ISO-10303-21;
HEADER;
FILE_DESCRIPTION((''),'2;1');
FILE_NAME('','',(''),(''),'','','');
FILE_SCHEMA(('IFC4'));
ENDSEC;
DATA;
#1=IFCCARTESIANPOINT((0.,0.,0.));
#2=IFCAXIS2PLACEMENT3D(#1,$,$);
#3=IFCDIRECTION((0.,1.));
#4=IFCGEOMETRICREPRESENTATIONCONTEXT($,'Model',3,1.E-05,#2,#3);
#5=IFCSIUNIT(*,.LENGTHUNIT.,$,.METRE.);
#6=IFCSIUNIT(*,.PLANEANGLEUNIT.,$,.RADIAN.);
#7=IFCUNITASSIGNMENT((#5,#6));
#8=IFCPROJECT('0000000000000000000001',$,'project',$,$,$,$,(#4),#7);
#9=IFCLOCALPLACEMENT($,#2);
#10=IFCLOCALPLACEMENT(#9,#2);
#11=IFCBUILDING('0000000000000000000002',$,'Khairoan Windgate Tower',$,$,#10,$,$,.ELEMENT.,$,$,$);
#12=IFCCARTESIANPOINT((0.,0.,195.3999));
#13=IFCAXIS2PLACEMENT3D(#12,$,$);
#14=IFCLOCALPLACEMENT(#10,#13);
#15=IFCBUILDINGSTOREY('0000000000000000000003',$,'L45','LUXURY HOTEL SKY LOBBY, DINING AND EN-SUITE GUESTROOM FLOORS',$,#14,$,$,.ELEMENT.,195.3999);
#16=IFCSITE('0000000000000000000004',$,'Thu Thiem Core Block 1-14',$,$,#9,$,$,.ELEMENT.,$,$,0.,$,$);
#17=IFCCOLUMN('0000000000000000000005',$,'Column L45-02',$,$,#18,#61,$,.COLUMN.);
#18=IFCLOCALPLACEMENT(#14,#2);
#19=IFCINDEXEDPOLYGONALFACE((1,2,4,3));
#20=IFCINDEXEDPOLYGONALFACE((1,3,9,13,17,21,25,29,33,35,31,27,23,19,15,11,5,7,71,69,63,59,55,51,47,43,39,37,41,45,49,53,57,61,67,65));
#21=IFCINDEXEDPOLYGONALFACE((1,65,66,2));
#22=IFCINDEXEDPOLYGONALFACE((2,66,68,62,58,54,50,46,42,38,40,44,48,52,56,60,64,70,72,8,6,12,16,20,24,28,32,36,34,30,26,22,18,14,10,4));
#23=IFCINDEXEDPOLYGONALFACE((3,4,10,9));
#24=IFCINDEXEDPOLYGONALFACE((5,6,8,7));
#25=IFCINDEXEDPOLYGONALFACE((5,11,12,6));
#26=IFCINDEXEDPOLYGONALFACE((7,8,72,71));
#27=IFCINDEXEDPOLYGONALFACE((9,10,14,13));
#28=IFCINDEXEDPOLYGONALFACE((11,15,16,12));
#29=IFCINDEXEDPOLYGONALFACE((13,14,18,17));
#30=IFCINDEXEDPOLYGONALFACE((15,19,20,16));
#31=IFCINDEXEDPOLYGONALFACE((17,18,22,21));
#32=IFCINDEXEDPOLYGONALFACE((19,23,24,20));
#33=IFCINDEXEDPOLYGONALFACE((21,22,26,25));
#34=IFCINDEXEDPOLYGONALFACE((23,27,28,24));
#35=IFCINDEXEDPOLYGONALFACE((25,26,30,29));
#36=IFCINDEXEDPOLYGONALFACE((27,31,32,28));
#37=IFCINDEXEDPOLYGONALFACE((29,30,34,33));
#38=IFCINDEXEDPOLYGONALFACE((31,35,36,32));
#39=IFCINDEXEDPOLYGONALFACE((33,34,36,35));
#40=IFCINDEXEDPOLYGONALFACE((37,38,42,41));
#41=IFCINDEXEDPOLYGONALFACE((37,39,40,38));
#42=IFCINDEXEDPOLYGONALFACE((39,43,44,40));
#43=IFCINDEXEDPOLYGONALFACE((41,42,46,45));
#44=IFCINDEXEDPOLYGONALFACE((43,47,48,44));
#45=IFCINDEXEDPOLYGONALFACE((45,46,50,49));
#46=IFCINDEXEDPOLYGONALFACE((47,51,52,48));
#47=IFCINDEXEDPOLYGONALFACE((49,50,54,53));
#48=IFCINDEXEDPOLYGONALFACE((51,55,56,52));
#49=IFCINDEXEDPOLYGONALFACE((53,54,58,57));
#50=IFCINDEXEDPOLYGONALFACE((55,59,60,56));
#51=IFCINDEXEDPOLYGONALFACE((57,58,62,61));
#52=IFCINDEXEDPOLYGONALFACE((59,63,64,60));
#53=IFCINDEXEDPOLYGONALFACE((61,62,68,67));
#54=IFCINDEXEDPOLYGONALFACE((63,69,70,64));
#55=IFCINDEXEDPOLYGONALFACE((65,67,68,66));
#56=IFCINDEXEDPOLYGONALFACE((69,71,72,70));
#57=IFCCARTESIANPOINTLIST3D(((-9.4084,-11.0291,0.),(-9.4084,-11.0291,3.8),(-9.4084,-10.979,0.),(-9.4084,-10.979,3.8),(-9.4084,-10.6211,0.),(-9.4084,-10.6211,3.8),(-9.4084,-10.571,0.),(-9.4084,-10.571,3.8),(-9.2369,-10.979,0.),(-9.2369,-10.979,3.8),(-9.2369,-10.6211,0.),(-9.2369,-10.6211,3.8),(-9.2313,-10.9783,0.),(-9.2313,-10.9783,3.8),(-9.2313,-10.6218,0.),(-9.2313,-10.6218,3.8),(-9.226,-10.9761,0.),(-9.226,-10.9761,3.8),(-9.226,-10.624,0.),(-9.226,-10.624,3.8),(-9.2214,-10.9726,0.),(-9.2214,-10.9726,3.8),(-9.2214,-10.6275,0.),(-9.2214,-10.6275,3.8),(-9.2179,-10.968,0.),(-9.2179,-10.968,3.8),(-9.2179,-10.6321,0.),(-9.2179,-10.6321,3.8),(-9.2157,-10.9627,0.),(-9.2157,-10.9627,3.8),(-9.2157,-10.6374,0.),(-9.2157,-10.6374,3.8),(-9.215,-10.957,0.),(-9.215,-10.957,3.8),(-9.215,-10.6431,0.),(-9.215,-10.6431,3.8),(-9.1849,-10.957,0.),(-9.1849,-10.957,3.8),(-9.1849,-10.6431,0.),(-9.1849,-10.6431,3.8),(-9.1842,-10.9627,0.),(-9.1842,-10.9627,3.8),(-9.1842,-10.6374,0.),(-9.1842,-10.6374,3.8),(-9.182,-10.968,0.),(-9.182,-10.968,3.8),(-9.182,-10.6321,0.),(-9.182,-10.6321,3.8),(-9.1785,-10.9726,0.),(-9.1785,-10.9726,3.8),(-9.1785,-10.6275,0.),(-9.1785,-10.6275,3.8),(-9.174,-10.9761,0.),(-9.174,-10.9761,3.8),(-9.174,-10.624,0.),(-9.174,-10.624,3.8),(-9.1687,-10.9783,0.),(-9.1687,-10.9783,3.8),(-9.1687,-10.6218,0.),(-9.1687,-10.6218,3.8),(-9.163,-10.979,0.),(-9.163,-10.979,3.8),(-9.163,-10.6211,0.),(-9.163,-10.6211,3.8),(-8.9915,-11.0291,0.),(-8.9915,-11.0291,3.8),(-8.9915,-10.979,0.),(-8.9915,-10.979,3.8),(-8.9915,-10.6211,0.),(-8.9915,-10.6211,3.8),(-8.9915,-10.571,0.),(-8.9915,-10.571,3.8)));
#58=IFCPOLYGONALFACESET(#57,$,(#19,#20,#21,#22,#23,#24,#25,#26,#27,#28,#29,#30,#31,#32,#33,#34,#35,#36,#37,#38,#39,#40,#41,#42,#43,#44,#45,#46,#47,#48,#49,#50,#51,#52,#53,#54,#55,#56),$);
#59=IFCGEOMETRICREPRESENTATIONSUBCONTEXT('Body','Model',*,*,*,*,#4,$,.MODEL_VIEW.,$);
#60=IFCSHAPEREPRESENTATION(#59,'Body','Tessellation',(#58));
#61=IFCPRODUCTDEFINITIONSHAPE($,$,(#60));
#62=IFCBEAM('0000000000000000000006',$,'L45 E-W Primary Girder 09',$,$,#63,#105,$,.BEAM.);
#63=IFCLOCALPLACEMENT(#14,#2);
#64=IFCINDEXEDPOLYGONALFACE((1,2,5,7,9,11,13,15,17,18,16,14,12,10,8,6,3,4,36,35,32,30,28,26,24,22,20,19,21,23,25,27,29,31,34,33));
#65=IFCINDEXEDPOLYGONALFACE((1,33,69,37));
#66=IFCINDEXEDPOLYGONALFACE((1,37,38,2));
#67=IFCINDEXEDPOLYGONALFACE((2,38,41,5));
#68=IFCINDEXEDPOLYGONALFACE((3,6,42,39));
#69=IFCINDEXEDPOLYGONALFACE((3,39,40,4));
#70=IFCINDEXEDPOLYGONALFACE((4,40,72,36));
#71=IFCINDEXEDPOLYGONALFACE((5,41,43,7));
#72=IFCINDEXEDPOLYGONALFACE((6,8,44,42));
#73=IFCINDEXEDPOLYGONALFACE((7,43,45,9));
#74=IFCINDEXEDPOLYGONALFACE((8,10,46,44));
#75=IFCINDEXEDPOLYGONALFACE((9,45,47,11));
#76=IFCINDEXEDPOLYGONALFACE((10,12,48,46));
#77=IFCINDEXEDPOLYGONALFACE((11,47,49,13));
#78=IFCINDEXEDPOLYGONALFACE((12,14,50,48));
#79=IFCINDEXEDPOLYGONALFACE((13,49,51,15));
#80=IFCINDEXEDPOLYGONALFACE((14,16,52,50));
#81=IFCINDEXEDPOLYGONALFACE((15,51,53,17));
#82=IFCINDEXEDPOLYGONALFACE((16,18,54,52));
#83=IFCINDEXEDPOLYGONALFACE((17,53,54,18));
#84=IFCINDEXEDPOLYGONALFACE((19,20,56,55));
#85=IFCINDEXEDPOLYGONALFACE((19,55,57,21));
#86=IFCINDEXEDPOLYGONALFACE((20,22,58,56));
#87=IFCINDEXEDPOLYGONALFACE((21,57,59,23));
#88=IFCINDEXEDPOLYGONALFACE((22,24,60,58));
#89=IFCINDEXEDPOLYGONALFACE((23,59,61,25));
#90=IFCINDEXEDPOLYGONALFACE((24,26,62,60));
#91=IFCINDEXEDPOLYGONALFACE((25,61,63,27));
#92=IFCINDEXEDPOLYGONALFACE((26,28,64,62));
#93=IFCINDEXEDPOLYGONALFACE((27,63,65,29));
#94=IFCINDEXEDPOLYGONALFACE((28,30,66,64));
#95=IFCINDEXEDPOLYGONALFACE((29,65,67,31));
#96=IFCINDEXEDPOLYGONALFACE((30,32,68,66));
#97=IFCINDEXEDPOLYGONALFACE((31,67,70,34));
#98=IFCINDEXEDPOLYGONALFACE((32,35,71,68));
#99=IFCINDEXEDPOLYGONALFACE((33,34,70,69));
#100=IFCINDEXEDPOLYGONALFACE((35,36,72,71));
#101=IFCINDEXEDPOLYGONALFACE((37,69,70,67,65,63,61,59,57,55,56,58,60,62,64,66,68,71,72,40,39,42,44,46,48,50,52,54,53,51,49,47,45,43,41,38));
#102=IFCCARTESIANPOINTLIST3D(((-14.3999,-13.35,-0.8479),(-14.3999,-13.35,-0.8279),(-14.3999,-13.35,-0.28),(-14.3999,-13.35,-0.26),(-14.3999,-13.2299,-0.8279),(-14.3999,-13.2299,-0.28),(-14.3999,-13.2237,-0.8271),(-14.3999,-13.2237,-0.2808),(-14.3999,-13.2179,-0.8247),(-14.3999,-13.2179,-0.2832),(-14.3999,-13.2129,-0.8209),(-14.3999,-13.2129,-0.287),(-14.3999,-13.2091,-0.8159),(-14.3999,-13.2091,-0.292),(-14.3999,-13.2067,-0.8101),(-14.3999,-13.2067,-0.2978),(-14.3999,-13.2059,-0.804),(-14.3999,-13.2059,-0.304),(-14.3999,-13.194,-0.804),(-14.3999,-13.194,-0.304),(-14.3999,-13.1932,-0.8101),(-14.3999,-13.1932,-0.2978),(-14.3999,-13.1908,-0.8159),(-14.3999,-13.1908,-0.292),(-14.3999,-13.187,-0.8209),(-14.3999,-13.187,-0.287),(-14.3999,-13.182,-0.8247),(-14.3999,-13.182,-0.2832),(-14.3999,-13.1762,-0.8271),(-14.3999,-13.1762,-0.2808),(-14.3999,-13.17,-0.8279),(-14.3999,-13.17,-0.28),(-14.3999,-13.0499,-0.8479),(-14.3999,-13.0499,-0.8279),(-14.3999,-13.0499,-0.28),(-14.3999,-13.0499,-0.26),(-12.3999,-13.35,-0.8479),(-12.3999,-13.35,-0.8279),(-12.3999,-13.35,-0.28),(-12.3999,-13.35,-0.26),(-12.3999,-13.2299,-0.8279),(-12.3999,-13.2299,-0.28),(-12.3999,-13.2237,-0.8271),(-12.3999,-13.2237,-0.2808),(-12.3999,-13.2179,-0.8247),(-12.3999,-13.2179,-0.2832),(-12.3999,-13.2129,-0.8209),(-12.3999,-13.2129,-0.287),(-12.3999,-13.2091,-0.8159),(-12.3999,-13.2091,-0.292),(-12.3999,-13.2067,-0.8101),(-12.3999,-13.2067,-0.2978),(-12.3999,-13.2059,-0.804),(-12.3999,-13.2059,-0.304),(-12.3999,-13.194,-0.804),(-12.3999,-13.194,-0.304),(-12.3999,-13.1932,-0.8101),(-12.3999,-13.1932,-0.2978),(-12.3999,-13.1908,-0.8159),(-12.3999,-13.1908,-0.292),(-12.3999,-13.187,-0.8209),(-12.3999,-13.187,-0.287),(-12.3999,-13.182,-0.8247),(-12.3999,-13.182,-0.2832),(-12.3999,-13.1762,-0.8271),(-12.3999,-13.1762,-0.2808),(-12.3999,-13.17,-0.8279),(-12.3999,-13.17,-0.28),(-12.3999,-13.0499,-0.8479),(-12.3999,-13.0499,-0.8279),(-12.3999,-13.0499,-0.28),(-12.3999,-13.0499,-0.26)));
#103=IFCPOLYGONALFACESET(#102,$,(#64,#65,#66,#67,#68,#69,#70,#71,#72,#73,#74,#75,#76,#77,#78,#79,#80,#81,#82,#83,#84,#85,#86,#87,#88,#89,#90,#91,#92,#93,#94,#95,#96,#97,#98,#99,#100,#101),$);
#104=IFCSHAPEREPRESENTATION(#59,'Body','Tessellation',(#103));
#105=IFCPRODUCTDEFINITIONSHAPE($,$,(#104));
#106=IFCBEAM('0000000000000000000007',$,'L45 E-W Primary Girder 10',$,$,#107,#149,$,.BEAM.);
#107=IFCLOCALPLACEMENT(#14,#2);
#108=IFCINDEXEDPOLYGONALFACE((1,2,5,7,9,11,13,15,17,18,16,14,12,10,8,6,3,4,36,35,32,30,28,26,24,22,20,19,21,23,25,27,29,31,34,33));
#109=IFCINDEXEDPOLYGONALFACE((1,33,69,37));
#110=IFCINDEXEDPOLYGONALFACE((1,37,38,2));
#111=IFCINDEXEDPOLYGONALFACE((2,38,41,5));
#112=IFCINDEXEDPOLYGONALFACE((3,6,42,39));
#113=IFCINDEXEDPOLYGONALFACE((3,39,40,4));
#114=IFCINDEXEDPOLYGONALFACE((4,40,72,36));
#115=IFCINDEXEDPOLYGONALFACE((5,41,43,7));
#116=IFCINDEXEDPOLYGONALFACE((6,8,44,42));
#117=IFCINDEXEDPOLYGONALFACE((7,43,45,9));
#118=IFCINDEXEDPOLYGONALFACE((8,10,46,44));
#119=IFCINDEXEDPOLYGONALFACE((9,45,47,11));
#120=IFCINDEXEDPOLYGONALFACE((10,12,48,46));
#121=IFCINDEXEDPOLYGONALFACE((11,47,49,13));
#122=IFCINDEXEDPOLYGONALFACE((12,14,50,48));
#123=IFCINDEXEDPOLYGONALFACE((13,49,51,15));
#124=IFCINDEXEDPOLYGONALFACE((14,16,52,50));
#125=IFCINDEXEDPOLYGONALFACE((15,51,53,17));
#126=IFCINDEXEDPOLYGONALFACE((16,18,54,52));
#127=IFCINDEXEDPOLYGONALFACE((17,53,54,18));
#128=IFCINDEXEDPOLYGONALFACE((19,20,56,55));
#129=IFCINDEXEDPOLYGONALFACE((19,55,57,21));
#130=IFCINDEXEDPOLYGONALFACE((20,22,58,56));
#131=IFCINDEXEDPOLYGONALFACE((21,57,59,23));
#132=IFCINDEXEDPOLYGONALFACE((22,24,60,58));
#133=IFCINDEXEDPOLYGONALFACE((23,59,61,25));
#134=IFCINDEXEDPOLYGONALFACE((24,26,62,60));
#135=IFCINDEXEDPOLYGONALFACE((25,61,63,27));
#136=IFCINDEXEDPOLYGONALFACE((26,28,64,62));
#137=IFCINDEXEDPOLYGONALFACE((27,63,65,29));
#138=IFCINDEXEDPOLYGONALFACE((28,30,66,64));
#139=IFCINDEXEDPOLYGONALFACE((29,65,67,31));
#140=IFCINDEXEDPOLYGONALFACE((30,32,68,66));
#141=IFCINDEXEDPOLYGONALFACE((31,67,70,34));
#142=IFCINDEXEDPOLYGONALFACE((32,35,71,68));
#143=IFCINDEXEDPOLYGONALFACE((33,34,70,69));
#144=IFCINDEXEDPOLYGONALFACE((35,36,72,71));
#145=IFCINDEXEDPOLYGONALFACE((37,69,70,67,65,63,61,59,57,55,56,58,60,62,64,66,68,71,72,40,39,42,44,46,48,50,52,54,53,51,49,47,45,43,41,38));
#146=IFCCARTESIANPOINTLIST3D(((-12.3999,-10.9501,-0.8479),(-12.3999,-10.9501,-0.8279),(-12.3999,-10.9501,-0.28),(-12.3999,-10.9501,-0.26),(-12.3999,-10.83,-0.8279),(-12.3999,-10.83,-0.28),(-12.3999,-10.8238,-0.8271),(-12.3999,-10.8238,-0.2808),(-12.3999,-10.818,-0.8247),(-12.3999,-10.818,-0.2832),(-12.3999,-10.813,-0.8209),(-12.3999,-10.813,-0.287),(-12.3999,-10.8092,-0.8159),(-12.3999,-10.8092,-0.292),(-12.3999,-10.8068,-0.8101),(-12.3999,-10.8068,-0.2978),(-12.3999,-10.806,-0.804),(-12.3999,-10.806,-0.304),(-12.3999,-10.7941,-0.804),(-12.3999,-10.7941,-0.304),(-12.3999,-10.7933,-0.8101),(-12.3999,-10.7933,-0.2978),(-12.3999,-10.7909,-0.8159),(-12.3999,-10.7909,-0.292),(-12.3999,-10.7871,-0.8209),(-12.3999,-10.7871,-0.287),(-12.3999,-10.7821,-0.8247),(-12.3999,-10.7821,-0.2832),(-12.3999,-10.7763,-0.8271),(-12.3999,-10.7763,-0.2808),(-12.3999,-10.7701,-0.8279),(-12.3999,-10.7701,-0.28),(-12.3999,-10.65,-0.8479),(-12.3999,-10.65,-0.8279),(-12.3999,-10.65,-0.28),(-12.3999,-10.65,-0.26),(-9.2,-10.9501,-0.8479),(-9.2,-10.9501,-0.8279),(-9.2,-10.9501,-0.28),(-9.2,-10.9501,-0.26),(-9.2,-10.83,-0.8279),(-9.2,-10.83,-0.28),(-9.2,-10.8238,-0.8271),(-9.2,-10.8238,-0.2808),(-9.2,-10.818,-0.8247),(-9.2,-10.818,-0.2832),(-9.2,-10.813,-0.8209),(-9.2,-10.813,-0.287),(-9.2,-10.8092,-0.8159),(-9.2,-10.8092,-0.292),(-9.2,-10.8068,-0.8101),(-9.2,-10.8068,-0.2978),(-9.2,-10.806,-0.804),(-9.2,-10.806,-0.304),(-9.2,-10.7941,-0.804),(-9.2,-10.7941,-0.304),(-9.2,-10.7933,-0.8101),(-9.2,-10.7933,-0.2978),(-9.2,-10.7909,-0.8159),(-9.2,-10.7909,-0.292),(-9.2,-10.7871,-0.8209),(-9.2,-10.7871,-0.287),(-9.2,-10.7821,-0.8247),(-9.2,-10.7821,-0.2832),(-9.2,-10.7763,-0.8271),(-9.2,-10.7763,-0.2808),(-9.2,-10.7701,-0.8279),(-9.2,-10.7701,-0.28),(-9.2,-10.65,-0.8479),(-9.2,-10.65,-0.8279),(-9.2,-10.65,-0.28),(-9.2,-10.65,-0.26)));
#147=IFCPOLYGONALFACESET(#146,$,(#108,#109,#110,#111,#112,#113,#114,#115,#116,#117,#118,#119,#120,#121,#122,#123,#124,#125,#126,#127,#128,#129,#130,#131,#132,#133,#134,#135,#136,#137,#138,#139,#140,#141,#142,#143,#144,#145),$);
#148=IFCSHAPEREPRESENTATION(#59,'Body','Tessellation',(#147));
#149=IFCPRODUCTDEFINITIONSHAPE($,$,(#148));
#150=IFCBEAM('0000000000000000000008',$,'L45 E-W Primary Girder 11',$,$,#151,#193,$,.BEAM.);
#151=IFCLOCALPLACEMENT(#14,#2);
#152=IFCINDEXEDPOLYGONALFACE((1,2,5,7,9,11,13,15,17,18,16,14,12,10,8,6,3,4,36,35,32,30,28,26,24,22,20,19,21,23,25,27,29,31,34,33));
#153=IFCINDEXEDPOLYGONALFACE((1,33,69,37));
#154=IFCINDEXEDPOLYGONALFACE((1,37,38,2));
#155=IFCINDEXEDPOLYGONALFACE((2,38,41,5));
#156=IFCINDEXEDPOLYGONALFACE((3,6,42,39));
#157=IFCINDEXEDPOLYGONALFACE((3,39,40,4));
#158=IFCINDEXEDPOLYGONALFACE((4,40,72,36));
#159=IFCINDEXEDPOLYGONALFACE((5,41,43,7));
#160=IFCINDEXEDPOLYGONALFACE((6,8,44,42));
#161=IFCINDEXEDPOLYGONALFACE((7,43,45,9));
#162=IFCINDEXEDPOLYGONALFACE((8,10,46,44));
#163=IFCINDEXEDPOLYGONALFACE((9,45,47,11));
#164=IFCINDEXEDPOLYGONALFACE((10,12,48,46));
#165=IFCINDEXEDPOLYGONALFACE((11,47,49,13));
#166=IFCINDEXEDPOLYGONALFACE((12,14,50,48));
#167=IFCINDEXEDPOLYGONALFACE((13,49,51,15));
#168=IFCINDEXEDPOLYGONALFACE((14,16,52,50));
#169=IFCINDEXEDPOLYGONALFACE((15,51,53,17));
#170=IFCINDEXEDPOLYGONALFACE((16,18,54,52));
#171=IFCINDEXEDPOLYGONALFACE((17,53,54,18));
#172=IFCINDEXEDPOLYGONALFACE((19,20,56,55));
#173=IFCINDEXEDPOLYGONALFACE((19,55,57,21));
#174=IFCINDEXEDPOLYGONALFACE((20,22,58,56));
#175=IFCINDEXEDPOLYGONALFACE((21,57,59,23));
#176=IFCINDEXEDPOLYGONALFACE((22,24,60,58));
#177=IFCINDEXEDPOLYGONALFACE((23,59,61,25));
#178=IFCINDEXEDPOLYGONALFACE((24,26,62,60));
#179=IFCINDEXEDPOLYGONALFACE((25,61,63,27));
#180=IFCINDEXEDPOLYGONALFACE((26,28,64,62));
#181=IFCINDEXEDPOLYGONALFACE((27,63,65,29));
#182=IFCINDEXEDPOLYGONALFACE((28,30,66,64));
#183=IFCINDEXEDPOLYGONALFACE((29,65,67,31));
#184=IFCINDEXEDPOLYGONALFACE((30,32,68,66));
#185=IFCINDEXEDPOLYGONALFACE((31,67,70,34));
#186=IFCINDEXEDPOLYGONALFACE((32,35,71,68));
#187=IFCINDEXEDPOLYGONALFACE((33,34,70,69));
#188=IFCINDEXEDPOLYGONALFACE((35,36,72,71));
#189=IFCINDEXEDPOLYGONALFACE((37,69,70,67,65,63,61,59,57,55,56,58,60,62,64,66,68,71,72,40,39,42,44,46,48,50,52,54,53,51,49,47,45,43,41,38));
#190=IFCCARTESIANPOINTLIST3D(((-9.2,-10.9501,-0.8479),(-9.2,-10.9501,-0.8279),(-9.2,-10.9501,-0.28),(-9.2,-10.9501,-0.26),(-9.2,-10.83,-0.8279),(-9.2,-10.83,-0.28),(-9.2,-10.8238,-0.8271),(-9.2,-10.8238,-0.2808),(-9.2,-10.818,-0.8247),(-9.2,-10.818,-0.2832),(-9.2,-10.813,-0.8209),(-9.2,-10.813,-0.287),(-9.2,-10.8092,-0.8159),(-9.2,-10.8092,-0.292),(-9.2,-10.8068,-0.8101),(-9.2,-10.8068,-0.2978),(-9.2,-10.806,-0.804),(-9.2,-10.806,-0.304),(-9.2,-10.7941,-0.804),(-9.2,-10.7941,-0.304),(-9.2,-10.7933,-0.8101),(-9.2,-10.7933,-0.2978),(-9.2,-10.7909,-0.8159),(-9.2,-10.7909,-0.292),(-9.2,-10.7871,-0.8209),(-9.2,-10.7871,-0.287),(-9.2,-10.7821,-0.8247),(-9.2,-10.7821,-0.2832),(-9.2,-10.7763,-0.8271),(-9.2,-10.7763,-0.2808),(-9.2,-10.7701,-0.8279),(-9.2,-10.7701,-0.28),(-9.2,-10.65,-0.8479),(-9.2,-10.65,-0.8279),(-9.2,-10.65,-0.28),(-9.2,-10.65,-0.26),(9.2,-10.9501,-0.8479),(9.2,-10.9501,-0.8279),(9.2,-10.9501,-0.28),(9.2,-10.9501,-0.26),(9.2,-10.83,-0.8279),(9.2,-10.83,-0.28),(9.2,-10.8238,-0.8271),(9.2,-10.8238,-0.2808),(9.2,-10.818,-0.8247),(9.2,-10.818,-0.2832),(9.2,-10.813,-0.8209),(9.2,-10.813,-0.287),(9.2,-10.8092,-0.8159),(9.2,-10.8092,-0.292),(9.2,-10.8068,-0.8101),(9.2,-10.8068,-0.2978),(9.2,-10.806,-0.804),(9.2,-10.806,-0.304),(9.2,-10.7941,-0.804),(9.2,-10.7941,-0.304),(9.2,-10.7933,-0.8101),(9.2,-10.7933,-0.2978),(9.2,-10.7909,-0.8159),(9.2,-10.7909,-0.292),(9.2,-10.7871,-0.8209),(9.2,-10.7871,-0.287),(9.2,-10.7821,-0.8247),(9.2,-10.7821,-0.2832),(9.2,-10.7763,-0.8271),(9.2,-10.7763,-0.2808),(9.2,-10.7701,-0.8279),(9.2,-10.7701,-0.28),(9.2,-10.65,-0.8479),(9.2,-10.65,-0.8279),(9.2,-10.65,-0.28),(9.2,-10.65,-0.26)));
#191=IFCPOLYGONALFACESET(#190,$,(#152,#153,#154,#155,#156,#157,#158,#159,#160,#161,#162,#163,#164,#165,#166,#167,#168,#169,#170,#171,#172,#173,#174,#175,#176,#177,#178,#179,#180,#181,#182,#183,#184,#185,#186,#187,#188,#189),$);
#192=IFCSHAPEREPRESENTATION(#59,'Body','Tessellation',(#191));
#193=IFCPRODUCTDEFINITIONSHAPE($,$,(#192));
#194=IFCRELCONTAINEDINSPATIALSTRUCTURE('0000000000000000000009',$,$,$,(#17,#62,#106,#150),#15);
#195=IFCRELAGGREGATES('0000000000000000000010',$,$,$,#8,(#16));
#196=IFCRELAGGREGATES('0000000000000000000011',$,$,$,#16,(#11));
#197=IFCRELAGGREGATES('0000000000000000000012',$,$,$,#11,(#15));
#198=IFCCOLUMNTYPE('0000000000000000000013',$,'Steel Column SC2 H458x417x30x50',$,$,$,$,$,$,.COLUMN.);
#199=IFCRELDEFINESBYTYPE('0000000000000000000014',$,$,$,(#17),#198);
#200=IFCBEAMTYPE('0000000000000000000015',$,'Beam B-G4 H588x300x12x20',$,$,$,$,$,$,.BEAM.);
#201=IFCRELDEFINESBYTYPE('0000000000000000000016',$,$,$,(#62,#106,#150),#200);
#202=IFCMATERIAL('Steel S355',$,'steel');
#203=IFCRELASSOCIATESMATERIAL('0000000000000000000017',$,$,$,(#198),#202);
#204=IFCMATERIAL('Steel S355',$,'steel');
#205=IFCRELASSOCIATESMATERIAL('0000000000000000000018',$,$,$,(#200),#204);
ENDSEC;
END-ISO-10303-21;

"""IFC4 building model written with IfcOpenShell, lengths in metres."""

from ifc_helpers import new_model, si_unit, direction, frame, origin, origin_2d, place, context, subcontext, project, spatial, i_section, extrude, material, material_profile, profile_set, type_object, element, save


model = new_model("IFC4")

# Units and contexts
model_context = context("Model", 3, precision=1e-05, world=origin(), true_north=direction((0.0, 1.0)))
body_context = subcontext(model_context, "Body", "Model", "MODEL_VIEW")
ifc_project = project(units=[si_unit("LENGTHUNIT", "METRE"), si_unit("PLANEANGLEUNIT", "RADIAN")], contexts=[model_context])

# Site, building, storey
site_placement = place(None, origin())
site = spatial("IfcSite", under=ifc_project, at=site_placement, Name="Thu Thiem Core Block 1-14", CompositionType="ELEMENT", RefElevation=0.0)
building_placement = place(site_placement, origin())
building = spatial("IfcBuilding", under=site, at=building_placement, Name="Khairoan Windgate Tower", CompositionType="ELEMENT")
storey_placement = place(building_placement, frame((0.0, 0.0, 195.3999)))
storey = spatial("IfcBuildingStorey", under=building, at=storey_placement, Name="L45", Description="LUXURY HOTEL SKY LOBBY, DINING AND EN-SUITE GUESTROOM FLOORS", CompositionType="ELEMENT", Elevation=195.3999)

# Column
ifc_material_1 = material(Name="Steel S355", Category="steel")
ifc_material_profile_1 = material_profile(ifc_material_1, i_section(OverallWidth=0.417, OverallDepth=0.458, WebThickness=0.03, FlangeThickness=0.05, FilletRadius=0.022, at=origin_2d()))
ifc_profile_set_1 = profile_set([ifc_material_profile_1], Name="Steel S355")
column_type = type_object("IfcColumnType", Name="Steel Column SC2 H458x417x30x50", PredefinedType="COLUMN", material=ifc_profile_set_1)
column_placement = place(storey_placement, frame((-9.2, -10.8, 0.0), z_axis=(0.0, 0.0, 1.0), x_axis=(1.0, 0.0, 0.0)))
element("IfcColumn", 1, at=column_placement, inside=storey, type_object=column_type, Name="Column L45-02", PredefinedType="COLUMN", context=body_context, shape_type="SweptSolid", body=[
    extrude(i_section(OverallWidth=0.417, OverallDepth=0.458, WebThickness=0.03, FlangeThickness=0.05, FilletRadius=0.022, at=origin_2d()), origin(), (0.0, 0.0, 1.0), 3.8),
])

# Beams
ifc_material_2 = material(Name="Steel S355", Category="steel")
ifc_material_profile_2 = material_profile(ifc_material_2, i_section(OverallWidth=0.3, OverallDepth=0.5879, WebThickness=0.012, FlangeThickness=0.02, FilletRadius=0.0239, at=origin_2d()))
ifc_profile_set_2 = profile_set([ifc_material_profile_2], Name="Steel S355")
beam_type_1 = type_object("IfcBeamType", Name="Beam B-G4 H588x300x12x20", PredefinedType="BEAM", material=ifc_profile_set_2)
beam_1_placement = place(storey_placement, frame((-14.3999, -13.2, -0.554), z_axis=(1.0, 0.0, 0.0), x_axis=(0.0, 1.0, 0.0)))
element("IfcBeam", 2, at=beam_1_placement, inside=storey, type_object=beam_type_1, Name="L45 E-W Primary Girder 09", PredefinedType="BEAM", context=body_context, shape_type="SweptSolid", body=[
    extrude(i_section(OverallWidth=0.3, OverallDepth=0.5879, WebThickness=0.012, FlangeThickness=0.02, FilletRadius=0.0239, at=origin_2d()), origin(), (0.0, 0.0, 1.0), 2.0),
])
beam_2_placement = place(storey_placement, frame((-12.3999, -10.8, -0.554), z_axis=(1.0, 0.0, 0.0), x_axis=(0.0, 1.0, 0.0)))
element("IfcBeam", 3, at=beam_2_placement, inside=storey, type_object=beam_type_1, Name="L45 E-W Primary Girder 10", PredefinedType="BEAM", context=body_context, shape_type="SweptSolid", body=[
    extrude(i_section(OverallWidth=0.3, OverallDepth=0.5879, WebThickness=0.012, FlangeThickness=0.02, FilletRadius=0.0239, at=origin_2d()), origin(), (0.0, 0.0, 1.0), 3.2),
])
beam_3_placement = place(storey_placement, frame((-9.2, -10.8, -0.554), z_axis=(1.0, 0.0, 0.0), x_axis=(0.0, 1.0, 0.0)))
element("IfcBeam", 4, at=beam_3_placement, inside=storey, type_object=beam_type_1, Name="L45 E-W Primary Girder 11", PredefinedType="BEAM", context=body_context, shape_type="SweptSolid", body=[
    extrude(i_section(OverallWidth=0.3, OverallDepth=0.5879, WebThickness=0.012, FlangeThickness=0.02, FilletRadius=0.0239, at=origin_2d()), origin(), (0.0, 0.0, 1.0), 18.3999),
])

save(model, "model.ifc")
